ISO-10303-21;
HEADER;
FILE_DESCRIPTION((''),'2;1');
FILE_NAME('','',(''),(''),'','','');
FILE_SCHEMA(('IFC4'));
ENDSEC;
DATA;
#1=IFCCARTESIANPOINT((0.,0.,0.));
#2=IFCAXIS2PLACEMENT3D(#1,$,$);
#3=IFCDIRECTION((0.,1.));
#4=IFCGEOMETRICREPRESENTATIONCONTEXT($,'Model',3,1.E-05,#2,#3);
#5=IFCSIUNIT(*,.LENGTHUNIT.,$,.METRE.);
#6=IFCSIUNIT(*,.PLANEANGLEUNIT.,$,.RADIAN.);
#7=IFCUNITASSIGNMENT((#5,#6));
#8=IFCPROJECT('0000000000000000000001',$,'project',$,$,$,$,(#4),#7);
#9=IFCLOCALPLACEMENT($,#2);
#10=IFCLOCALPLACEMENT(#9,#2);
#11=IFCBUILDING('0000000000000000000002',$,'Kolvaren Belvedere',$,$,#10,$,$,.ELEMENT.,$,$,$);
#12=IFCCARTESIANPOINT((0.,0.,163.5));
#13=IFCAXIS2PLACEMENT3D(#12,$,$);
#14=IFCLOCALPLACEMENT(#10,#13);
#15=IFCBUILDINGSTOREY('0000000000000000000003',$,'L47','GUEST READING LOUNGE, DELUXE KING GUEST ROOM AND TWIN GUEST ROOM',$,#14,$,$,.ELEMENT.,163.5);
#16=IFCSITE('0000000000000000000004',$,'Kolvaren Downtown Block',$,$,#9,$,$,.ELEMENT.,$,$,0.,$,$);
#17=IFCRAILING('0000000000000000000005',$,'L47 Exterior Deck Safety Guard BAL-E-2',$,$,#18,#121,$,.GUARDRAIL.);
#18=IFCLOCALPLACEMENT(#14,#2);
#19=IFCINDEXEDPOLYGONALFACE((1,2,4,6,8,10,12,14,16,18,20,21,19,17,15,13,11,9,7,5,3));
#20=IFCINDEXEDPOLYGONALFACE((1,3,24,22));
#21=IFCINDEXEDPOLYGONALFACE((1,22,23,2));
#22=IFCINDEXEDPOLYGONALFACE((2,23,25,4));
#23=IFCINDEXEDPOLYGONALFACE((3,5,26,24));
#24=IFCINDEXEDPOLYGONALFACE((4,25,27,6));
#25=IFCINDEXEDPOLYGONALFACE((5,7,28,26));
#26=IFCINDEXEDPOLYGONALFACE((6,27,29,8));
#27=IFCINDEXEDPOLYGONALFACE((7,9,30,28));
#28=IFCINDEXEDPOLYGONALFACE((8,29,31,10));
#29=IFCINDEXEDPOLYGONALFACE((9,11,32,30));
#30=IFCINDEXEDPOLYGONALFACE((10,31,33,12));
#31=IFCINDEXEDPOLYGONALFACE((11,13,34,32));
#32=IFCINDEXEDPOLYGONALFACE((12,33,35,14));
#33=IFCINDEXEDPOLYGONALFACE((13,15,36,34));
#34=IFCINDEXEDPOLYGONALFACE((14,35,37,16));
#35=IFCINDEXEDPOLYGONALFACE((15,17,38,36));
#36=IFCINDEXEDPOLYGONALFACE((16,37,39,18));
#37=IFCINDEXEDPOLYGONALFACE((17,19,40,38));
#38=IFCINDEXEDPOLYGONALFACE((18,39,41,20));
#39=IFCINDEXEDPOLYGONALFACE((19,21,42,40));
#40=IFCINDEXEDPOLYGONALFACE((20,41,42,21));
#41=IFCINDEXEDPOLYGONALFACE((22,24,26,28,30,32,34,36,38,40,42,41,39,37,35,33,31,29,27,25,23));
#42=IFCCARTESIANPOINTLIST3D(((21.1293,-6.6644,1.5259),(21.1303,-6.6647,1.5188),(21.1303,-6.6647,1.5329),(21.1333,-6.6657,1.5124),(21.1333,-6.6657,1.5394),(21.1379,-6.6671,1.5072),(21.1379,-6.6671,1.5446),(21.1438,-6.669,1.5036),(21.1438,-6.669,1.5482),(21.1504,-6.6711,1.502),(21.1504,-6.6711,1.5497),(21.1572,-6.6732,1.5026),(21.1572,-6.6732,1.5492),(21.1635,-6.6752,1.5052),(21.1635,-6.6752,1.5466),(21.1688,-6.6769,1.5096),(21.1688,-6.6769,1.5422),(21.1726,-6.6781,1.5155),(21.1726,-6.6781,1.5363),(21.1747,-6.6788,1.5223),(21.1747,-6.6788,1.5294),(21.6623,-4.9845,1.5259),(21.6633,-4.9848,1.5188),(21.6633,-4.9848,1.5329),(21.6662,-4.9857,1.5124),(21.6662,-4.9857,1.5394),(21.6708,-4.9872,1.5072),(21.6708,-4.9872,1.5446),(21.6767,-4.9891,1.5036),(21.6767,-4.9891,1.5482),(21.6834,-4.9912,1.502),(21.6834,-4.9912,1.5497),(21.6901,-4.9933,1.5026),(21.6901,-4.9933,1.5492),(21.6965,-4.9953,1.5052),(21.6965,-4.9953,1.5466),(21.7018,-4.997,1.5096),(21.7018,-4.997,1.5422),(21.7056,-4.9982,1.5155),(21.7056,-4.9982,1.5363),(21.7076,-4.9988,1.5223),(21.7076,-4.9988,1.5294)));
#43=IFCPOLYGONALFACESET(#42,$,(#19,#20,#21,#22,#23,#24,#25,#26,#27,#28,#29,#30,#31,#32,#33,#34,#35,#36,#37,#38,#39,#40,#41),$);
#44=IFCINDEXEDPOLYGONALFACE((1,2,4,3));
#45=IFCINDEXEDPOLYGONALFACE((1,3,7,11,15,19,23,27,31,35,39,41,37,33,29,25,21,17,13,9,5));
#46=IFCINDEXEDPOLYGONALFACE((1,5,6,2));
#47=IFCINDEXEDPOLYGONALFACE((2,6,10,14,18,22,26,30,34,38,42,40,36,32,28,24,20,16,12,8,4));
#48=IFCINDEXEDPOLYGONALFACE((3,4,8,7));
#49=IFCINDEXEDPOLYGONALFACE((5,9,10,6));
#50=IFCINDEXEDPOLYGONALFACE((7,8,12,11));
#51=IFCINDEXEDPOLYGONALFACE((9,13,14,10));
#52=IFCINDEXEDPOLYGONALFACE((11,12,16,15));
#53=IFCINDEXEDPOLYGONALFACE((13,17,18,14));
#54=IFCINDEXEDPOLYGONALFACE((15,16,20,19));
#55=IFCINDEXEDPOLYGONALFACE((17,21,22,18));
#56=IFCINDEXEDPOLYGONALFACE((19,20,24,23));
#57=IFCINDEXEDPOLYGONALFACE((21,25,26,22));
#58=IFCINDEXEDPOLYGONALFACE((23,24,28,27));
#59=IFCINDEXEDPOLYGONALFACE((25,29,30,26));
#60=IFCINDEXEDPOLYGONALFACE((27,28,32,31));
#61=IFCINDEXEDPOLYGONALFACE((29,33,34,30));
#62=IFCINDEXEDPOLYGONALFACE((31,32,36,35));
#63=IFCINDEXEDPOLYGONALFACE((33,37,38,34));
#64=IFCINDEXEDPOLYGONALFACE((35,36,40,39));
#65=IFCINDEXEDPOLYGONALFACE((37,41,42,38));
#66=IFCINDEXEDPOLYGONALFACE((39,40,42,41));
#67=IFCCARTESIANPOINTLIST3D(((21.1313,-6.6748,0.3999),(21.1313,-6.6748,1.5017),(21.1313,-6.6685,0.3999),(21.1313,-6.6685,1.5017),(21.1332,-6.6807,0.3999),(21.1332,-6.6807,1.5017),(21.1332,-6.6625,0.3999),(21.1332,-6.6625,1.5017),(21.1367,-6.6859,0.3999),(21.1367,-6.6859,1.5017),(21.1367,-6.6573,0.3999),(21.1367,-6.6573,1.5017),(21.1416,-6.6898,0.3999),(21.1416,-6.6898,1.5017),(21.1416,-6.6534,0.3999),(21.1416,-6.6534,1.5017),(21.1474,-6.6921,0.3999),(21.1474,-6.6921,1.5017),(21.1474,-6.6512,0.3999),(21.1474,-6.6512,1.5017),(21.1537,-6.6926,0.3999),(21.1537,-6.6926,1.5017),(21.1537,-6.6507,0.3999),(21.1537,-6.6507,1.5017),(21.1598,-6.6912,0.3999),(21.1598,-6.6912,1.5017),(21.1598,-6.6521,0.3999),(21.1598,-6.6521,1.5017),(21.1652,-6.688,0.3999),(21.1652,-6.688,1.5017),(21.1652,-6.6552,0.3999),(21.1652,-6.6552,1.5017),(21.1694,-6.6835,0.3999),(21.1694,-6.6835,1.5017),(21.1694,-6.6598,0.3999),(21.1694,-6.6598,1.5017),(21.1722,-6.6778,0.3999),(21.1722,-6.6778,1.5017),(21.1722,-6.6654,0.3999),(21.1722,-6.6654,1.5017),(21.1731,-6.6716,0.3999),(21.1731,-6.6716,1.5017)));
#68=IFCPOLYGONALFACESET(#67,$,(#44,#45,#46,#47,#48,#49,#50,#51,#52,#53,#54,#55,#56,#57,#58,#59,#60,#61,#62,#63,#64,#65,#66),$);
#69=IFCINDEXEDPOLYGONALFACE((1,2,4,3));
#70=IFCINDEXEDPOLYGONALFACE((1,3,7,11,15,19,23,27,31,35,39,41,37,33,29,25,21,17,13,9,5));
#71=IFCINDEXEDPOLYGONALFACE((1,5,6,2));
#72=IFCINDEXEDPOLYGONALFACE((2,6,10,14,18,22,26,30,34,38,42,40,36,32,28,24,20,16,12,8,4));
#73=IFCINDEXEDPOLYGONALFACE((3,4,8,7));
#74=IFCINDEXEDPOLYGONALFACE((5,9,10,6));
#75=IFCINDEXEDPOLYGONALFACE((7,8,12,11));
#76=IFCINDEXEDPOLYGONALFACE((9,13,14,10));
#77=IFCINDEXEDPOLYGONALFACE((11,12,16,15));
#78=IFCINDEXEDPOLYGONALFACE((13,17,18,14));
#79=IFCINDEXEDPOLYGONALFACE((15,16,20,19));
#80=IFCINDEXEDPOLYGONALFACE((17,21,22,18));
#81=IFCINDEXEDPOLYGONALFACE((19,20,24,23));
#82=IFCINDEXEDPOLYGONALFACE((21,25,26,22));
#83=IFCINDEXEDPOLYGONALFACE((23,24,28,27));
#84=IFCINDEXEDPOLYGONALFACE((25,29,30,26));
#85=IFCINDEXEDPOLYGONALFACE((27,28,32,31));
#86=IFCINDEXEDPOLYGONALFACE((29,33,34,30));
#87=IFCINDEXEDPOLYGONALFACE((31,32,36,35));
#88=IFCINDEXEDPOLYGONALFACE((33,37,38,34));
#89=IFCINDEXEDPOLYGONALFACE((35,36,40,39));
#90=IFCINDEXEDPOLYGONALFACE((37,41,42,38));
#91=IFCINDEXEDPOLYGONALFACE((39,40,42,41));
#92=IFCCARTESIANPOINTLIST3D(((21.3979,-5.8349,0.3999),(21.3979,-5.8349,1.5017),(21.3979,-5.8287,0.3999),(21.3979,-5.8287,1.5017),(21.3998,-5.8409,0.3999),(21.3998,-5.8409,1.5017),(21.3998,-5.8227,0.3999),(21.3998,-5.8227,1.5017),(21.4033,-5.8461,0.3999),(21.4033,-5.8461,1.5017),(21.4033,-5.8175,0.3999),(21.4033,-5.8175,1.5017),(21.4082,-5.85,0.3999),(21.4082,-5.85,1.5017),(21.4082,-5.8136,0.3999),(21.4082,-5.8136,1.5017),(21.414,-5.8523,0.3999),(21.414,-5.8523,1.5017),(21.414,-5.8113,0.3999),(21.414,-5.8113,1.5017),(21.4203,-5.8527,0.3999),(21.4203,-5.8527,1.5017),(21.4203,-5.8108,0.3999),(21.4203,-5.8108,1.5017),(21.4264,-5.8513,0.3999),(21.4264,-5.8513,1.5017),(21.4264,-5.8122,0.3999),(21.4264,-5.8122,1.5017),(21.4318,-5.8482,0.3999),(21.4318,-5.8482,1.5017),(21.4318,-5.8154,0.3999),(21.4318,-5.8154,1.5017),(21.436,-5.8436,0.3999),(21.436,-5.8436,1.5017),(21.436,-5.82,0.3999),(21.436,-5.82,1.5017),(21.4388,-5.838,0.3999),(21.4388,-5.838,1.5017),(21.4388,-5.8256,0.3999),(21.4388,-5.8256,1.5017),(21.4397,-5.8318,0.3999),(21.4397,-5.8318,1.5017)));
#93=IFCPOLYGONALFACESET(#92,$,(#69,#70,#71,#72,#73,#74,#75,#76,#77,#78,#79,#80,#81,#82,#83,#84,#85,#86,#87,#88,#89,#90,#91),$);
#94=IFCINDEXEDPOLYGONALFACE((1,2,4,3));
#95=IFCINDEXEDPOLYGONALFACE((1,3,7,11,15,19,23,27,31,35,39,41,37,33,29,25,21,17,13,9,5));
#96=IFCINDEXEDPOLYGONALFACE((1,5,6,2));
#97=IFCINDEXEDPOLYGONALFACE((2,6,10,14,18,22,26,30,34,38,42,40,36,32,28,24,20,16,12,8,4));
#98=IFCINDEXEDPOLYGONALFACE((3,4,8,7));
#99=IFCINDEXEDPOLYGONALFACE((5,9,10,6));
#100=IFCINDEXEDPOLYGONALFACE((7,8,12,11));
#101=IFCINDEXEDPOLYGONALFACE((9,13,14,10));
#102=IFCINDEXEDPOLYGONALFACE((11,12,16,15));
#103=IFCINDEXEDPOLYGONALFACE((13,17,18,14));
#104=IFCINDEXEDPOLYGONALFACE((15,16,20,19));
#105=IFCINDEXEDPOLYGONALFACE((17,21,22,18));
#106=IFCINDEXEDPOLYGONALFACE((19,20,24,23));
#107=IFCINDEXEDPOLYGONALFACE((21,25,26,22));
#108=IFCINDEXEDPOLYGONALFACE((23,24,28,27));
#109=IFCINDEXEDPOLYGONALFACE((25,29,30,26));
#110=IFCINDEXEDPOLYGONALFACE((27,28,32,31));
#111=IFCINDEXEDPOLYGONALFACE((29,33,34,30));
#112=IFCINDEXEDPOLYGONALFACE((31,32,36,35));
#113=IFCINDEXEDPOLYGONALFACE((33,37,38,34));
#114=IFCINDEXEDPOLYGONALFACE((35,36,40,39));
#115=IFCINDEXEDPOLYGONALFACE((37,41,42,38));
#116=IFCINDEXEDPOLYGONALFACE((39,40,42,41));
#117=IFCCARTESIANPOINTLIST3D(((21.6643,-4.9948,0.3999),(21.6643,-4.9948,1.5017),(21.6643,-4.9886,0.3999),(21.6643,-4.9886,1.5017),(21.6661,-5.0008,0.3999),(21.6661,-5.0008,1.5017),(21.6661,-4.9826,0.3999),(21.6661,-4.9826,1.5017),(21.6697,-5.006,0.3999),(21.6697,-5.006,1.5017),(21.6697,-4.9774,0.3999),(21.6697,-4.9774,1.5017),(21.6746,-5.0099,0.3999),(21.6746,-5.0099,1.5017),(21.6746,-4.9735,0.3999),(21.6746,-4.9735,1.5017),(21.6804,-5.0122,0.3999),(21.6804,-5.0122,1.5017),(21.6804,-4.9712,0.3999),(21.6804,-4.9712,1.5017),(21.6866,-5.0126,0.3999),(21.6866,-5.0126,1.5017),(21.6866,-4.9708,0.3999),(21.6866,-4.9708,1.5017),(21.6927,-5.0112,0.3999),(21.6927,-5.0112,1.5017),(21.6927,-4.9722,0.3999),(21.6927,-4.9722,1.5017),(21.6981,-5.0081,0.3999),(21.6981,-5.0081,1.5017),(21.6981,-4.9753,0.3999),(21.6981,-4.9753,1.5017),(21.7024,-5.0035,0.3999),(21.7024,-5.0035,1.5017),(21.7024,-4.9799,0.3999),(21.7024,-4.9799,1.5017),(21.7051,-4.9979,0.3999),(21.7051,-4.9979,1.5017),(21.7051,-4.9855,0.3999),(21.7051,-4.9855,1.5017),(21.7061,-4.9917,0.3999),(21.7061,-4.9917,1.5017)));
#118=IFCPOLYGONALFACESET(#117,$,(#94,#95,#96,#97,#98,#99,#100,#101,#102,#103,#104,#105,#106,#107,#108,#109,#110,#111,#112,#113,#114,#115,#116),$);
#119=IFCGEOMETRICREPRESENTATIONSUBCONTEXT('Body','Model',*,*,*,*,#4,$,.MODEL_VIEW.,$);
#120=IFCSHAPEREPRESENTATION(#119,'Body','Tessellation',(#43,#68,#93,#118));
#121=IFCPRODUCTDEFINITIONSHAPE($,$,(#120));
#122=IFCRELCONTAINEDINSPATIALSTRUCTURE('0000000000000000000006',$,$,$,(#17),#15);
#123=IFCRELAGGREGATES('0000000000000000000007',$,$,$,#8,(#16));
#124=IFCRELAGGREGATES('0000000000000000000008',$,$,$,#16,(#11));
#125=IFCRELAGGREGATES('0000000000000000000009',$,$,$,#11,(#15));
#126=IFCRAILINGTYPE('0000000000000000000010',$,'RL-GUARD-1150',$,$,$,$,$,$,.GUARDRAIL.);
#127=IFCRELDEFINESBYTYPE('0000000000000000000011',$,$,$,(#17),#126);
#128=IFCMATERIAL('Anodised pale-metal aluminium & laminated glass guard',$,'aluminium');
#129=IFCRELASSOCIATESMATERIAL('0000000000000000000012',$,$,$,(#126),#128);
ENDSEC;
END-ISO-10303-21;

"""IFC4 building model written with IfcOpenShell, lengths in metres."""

from ifc_helpers import new_model, si_unit, direction, frame, origin, origin_2d, place, context, subcontext, project, spatial, circle, extrude, material, type_object, element, save


model = new_model("IFC4")

# Units and contexts
model_context = context("Model", 3, precision=1e-05, world=origin(), true_north=direction((0.0, 1.0)))
body_context = subcontext(model_context, "Body", "Model", "MODEL_VIEW")
ifc_project = project(units=[si_unit("LENGTHUNIT", "METRE"), si_unit("PLANEANGLEUNIT", "RADIAN")], contexts=[model_context])

# Site, building, storey
site_placement = place(None, origin())
site = spatial("IfcSite", under=ifc_project, at=site_placement, Name="Kolvaren Downtown Block", CompositionType="ELEMENT", RefElevation=0.0)
building_placement = place(site_placement, origin())
building = spatial("IfcBuilding", under=site, at=building_placement, Name="Kolvaren Belvedere", CompositionType="ELEMENT")
storey_placement = place(building_placement, frame((0.0, 0.0, 163.5)))
storey = spatial("IfcBuildingStorey", under=building, at=storey_placement, Name="L47", Description="GUEST READING LOUNGE, DELUXE KING GUEST ROOM AND TWIN GUEST ROOM", CompositionType="ELEMENT", Elevation=163.5)

# Railing
ifc_material_1 = material(Name="Anodised pale-metal aluminium & laminated glass guard", Category="aluminium")
railing_type = type_object("IfcRailingType", Name="RL-GUARD-1150", PredefinedType="GUARDRAIL", material=ifc_material_1)
railing_1_placement = place(storey_placement, frame((21.1521, -6.6716, 0.3999)))
element("IfcRailing", 1, at=railing_1_placement, inside=storey, type_object=railing_type, Name="L47 Exterior Deck Safety Guard BAL-E-2", PredefinedType="GUARDRAIL", context=body_context, shape_type="SweptSolid", body=[
    extrude(circle(Radius=0.0239, at=origin_2d()), frame((0.0, 0.0, 1.126), z_axis=(0.302397, 0.953182, 0.0), x_axis=(-0.953182, 0.302397, 0.0)), (0.0, 0.0, 1.0), 1.7625),
    extrude(circle(Radius=0.021, at=origin_2d()), origin(), (0.0, 0.0, 1.0), 1.1018),
    extrude(circle(Radius=0.021, at=origin_2d()), frame((0.2666, 0.8398, 0.0)), (0.0, 0.0, 1.0), 1.1018),
    extrude(circle(Radius=0.021, at=origin_2d()), frame((0.533, 1.6799, 0.0)), (0.0, 0.0, 1.0), 1.1018),
])

save(model, "model.ifc")
